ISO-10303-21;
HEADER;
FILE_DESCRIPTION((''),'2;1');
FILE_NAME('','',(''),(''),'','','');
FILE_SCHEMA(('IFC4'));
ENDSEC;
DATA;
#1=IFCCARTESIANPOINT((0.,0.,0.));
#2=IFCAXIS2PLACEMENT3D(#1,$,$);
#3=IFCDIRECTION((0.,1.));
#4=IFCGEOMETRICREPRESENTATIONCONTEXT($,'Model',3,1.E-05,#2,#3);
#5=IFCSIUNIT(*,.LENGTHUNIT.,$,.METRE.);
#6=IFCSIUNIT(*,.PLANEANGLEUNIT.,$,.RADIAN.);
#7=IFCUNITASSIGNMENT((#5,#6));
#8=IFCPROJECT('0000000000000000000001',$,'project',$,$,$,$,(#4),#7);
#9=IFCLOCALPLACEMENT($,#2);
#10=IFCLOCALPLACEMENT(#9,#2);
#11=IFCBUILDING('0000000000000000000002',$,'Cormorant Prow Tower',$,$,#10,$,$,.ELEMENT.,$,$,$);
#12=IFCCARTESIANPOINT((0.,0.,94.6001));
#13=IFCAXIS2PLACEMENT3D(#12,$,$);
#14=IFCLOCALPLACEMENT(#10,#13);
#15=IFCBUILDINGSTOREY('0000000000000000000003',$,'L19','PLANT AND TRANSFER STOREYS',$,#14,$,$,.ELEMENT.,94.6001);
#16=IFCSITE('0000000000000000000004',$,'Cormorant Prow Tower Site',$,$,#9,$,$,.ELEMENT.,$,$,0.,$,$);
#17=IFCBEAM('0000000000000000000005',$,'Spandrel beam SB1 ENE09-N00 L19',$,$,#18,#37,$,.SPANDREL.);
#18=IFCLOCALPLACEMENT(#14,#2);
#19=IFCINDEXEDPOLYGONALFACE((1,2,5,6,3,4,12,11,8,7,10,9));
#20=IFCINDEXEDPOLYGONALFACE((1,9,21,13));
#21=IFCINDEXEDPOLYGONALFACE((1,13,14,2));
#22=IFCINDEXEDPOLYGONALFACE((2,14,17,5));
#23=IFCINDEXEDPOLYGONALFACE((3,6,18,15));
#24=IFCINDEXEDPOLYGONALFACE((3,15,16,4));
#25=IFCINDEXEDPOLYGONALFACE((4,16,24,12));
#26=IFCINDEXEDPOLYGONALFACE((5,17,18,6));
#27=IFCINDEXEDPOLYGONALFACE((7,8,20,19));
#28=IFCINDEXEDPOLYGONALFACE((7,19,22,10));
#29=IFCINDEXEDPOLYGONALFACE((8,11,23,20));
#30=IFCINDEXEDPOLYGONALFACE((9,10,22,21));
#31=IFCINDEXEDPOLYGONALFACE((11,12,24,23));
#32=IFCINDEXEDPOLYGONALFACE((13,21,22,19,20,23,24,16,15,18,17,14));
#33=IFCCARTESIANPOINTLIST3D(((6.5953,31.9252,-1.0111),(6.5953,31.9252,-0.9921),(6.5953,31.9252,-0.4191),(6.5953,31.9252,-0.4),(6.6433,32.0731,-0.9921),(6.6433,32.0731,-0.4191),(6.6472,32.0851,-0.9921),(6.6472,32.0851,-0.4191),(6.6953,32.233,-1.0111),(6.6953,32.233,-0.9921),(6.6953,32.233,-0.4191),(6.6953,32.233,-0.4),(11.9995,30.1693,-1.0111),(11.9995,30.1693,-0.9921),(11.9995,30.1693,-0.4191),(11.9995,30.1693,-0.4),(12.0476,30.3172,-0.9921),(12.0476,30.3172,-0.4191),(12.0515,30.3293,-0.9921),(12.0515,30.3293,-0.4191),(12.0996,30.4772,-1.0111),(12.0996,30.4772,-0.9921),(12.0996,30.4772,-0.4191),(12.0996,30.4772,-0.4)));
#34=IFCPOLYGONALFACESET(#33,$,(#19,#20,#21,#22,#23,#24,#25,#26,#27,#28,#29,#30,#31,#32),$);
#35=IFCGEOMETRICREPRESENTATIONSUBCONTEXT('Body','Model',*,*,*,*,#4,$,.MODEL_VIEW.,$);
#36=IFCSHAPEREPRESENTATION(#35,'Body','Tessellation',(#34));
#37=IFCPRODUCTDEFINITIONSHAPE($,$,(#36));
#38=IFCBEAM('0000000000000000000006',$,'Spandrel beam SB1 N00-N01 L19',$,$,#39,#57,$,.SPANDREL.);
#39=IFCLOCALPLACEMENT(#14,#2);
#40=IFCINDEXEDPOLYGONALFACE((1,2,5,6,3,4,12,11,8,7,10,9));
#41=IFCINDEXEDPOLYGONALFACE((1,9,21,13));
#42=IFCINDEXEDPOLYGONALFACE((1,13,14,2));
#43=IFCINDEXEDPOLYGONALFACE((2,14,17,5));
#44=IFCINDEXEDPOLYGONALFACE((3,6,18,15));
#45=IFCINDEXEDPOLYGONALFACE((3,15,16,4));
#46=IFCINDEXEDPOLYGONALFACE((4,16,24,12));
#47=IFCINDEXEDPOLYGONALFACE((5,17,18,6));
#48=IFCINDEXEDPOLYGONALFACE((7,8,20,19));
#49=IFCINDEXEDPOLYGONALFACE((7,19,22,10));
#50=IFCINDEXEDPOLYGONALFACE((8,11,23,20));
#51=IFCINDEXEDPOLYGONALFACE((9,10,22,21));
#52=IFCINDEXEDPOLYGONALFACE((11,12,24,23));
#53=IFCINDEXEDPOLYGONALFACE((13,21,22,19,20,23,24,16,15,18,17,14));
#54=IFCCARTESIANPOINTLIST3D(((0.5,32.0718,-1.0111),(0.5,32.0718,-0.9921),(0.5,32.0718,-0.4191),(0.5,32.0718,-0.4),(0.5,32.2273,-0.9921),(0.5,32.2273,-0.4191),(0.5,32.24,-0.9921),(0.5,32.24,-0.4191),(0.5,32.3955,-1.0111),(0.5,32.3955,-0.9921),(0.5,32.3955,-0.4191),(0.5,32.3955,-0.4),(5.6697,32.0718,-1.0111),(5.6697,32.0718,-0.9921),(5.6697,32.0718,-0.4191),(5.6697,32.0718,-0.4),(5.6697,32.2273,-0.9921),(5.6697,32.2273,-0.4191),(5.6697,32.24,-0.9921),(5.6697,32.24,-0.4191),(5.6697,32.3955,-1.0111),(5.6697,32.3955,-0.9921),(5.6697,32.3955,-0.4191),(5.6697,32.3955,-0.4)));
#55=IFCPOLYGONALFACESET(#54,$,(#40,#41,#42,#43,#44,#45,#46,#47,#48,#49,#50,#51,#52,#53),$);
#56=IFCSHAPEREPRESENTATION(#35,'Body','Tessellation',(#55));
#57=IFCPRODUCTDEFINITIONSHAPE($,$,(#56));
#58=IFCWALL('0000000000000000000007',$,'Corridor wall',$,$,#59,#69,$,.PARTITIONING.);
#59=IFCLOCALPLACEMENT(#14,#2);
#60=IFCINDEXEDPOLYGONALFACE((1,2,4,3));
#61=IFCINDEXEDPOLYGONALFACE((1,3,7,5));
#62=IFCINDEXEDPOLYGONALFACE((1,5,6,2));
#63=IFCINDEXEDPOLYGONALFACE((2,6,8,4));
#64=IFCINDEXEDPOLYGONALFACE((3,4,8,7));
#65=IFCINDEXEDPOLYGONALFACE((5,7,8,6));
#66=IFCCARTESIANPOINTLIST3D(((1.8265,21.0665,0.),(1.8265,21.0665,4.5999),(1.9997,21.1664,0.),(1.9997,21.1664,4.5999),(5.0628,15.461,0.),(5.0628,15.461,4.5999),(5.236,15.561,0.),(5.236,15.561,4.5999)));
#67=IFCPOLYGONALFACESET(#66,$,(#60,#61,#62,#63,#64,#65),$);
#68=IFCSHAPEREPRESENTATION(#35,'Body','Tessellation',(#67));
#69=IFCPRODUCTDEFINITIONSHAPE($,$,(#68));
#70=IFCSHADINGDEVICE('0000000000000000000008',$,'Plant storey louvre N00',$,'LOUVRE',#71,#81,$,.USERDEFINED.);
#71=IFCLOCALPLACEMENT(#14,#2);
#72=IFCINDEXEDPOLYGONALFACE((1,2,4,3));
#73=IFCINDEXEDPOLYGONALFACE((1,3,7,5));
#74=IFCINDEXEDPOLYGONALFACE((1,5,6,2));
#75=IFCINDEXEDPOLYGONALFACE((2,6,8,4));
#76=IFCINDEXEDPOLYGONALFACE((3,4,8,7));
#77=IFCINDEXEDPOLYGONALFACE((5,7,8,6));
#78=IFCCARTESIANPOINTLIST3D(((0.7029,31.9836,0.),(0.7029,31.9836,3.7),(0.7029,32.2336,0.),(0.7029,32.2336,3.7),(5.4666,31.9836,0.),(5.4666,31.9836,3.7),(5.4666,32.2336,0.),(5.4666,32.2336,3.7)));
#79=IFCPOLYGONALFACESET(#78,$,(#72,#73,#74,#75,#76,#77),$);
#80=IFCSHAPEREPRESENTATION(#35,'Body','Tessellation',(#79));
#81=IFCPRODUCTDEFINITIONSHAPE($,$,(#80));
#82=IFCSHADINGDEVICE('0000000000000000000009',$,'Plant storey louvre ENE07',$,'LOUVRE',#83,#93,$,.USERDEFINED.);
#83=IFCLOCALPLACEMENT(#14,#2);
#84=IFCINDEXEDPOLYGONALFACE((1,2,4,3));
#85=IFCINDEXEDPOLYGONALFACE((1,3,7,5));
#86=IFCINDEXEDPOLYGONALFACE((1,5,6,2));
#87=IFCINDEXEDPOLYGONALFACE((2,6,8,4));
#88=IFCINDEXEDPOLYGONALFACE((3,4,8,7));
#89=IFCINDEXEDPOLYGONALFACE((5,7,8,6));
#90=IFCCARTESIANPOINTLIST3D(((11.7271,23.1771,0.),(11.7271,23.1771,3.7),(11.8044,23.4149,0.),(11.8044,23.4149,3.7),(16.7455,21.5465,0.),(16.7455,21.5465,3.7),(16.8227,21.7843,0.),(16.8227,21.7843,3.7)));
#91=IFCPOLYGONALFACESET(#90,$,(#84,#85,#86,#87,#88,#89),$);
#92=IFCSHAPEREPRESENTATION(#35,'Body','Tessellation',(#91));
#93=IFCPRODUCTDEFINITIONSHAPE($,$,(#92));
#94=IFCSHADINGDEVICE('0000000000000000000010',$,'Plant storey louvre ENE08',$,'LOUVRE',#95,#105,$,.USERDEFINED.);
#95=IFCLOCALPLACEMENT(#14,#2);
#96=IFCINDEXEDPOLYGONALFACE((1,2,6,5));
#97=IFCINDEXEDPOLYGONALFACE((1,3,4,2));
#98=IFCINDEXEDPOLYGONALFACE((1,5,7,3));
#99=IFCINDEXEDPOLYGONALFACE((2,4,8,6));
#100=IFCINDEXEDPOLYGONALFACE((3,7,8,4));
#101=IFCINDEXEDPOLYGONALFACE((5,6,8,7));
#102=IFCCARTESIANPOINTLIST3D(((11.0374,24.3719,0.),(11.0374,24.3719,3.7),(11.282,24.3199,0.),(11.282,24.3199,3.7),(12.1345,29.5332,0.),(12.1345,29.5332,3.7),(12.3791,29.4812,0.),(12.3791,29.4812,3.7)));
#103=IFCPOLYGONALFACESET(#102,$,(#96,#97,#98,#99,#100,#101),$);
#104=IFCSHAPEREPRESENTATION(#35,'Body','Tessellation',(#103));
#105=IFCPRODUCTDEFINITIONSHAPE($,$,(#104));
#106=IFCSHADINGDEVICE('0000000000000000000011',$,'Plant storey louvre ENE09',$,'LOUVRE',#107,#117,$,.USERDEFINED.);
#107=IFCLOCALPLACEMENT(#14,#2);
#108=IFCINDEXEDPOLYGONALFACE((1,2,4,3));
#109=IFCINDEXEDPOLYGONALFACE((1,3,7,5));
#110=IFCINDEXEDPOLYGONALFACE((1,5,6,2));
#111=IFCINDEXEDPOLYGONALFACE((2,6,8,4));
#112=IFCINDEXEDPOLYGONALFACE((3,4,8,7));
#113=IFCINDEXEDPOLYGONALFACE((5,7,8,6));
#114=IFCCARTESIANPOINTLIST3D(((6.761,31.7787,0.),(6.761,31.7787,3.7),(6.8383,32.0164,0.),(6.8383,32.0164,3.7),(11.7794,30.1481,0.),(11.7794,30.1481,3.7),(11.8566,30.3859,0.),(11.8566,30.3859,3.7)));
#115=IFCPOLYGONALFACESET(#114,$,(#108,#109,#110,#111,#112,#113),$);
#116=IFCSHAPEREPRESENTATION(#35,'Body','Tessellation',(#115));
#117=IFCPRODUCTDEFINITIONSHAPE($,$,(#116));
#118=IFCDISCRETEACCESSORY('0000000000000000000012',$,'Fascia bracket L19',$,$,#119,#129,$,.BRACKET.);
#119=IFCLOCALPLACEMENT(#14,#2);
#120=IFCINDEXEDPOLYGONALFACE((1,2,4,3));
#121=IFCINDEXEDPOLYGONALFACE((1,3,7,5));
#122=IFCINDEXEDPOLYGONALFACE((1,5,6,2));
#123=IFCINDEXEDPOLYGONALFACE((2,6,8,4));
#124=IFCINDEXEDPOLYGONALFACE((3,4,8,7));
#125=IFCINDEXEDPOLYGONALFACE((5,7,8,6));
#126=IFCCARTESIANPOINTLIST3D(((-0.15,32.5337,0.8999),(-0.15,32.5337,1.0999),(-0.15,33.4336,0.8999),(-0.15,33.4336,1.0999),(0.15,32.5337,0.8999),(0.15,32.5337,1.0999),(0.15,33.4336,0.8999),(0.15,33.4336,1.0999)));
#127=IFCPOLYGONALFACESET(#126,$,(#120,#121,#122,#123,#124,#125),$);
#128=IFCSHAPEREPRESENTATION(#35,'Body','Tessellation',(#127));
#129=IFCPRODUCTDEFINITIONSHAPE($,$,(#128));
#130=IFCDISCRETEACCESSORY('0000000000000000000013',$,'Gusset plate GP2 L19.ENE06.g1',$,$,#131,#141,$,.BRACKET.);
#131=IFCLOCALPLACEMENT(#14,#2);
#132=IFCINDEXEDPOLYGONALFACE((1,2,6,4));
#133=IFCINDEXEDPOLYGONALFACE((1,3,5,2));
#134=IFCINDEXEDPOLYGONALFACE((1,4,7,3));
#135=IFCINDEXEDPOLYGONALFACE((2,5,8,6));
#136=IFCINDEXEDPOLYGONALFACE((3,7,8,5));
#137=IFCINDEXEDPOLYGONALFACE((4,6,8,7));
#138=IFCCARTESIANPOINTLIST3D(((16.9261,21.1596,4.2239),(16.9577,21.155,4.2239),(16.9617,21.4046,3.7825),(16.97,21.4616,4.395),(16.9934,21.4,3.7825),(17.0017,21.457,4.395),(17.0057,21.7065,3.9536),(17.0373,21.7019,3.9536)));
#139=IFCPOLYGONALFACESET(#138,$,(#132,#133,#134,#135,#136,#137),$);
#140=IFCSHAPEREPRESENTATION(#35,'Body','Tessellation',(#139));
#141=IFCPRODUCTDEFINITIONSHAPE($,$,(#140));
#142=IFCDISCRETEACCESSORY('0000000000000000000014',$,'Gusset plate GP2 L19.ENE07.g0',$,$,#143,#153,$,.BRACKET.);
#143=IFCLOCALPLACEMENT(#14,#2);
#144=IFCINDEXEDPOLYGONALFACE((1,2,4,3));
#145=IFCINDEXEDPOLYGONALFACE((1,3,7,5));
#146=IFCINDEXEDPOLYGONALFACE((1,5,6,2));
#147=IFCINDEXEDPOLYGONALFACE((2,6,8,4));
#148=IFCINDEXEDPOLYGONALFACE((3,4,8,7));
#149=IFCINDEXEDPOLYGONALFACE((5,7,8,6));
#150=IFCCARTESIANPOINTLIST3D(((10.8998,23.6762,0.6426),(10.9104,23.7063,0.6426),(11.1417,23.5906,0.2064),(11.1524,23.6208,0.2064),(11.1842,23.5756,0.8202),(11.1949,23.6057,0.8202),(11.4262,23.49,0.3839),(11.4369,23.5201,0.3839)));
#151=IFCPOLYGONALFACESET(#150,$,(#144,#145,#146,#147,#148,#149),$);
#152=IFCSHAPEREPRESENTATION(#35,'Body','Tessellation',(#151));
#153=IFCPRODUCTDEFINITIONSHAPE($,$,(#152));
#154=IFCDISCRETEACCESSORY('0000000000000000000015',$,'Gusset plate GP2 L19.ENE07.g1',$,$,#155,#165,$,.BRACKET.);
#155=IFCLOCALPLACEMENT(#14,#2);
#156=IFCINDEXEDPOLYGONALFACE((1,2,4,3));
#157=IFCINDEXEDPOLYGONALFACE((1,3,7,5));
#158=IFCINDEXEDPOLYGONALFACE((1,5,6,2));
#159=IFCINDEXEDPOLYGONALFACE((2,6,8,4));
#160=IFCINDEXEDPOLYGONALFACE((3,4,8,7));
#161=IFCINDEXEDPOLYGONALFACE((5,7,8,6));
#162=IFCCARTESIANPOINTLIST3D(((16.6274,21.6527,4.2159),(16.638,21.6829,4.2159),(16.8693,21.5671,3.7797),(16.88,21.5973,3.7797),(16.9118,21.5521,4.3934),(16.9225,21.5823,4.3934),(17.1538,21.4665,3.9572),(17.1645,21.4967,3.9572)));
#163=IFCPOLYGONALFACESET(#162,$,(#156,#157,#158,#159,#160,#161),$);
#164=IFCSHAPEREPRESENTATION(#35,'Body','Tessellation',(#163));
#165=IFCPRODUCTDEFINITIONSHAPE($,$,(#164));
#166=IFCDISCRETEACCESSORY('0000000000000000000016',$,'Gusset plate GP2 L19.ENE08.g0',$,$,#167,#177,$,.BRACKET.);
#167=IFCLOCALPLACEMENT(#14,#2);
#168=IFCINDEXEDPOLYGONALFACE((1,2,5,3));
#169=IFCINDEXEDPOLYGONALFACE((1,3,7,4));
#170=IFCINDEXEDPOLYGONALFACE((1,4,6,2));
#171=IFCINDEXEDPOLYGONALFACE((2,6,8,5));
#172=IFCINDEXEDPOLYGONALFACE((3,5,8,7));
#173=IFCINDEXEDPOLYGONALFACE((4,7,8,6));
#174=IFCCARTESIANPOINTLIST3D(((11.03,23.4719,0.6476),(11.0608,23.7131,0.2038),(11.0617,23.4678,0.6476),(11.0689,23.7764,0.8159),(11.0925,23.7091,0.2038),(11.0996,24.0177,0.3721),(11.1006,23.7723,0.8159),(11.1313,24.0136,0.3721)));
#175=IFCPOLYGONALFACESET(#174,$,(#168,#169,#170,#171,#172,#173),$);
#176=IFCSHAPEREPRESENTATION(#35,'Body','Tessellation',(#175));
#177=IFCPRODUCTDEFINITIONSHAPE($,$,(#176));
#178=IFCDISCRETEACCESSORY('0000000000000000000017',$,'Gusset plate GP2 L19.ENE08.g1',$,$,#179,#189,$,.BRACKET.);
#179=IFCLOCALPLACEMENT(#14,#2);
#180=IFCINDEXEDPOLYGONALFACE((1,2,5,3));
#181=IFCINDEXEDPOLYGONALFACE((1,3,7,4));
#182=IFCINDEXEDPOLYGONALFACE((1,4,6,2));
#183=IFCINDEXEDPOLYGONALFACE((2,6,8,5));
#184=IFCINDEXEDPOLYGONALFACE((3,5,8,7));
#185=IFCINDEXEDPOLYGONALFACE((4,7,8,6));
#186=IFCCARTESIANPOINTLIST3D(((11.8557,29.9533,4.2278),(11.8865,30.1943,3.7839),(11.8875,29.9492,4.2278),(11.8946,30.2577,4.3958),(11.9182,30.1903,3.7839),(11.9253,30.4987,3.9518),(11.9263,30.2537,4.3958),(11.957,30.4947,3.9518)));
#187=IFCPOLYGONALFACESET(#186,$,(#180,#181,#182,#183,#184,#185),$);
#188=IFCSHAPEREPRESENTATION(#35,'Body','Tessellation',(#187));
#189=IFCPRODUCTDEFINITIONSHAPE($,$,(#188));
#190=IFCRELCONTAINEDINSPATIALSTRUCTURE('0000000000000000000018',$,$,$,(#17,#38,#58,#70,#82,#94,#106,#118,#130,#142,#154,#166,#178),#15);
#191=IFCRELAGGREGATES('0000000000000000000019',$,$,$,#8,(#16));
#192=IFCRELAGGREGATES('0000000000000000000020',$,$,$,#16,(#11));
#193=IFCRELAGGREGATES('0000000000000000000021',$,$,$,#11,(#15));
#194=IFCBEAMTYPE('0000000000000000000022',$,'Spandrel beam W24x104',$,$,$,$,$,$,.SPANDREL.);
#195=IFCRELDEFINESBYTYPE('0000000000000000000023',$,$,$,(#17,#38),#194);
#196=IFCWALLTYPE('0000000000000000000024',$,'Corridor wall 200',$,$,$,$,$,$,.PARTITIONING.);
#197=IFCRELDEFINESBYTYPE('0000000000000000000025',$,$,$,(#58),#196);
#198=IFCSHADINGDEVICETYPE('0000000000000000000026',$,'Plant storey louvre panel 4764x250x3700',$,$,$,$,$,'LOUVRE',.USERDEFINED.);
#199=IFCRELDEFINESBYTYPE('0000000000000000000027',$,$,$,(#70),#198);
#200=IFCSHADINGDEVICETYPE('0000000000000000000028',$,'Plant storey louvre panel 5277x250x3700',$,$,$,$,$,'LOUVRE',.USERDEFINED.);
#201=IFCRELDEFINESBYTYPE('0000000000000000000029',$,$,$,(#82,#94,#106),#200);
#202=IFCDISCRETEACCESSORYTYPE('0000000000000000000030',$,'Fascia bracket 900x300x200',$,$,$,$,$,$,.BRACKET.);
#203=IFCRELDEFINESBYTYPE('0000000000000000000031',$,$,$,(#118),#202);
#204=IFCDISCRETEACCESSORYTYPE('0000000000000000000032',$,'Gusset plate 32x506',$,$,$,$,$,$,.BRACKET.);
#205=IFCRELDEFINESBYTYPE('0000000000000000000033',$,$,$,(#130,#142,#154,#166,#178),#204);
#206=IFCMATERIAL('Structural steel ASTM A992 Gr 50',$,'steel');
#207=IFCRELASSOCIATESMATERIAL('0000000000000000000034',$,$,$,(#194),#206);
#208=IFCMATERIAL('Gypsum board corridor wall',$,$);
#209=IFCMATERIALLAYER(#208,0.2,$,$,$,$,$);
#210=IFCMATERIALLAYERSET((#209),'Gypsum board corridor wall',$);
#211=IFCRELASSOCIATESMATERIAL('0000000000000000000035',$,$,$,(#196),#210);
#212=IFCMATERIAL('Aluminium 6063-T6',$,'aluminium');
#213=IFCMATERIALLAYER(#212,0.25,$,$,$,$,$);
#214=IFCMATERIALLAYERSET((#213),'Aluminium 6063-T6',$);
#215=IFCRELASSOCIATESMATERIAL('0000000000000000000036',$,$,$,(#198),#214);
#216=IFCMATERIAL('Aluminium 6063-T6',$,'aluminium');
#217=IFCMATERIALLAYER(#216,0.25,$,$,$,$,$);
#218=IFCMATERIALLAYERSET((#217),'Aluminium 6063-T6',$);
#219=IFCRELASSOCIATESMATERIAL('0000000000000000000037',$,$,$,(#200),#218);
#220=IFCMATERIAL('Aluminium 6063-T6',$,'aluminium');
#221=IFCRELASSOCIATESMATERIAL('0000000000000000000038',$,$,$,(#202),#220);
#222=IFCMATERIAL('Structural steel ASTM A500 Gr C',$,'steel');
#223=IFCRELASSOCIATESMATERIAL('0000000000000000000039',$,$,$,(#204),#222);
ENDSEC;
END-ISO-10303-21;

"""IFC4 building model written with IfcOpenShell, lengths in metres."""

from ifc_helpers import new_model, si_unit, direction, frame, frame_2d, origin, origin_2d, place, context, subcontext, project, spatial, rectangle, i_section, extrude, material, layer, layer_set, material_profile, profile_set, type_object, element, save


model = new_model("IFC4")

# Units and contexts
model_context = context("Model", 3, precision=1e-05, world=origin(), true_north=direction((0.0, 1.0)))
body_context = subcontext(model_context, "Body", "Model", "MODEL_VIEW")
ifc_project = project(units=[si_unit("LENGTHUNIT", "METRE"), si_unit("PLANEANGLEUNIT", "RADIAN")], contexts=[model_context])

# Site, building, storey
site_placement = place(None, origin())
site = spatial("IfcSite", under=ifc_project, at=site_placement, Name="Cormorant Prow Tower Site", CompositionType="ELEMENT", RefElevation=0.0)
building_placement = place(site_placement, origin())
building = spatial("IfcBuilding", under=site, at=building_placement, Name="Cormorant Prow Tower", CompositionType="ELEMENT")
storey_placement = place(building_placement, frame((0.0, 0.0, 94.6001)))
storey = spatial("IfcBuildingStorey", under=building, at=storey_placement, Name="L19", Description="PLANT AND TRANSFER STOREYS", CompositionType="ELEMENT", Elevation=94.6001)

# Beams
ifc_material_1 = material(Name="Structural steel ASTM A992 Gr 50", Category="steel")
ifc_material_profile_1 = material_profile(ifc_material_1, i_section(OverallWidth=0.3237, OverallDepth=0.6111, WebThickness=0.0127, FlangeThickness=0.019, at=origin_2d()), Name="W24x104")
ifc_profile_set_1 = profile_set([ifc_material_profile_1], Name="Structural steel ASTM A992 Gr 50")
beam_type = type_object("IfcBeamType", Name="Spandrel beam W24x104", PredefinedType="SPANDREL", material=ifc_profile_set_1)
beam_1_placement = place(storey_placement, frame((12.0496, 30.3232, -0.7056), z_axis=(-0.951062, 0.309001, 0.0), x_axis=(-0.309001, -0.951062, 0.0)))
element("IfcBeam", 1, at=beam_1_placement, inside=storey, type_object=beam_type, Name="Spandrel beam SB1 ENE09-N00 L19", PredefinedType="SPANDREL", context=body_context, shape_type="SweptSolid", body=[
    extrude(i_section(OverallWidth=0.3237, OverallDepth=0.6111, WebThickness=0.0127, FlangeThickness=0.019, at=origin_2d()), origin(), (0.0, 0.0, 1.0), 5.6824),
])
beam_2_placement = place(storey_placement, frame((5.6697, 32.2336, -0.7056), z_axis=(-1.0, 0.0, 0.0), x_axis=(0.0, -1.0, 0.0)))
element("IfcBeam", 2, at=beam_2_placement, inside=storey, type_object=beam_type, Name="Spandrel beam SB1 N00-N01 L19", PredefinedType="SPANDREL", context=body_context, shape_type="SweptSolid", body=[
    extrude(i_section(OverallWidth=0.3237, OverallDepth=0.6111, WebThickness=0.0127, FlangeThickness=0.019, at=origin_2d()), origin(), (0.0, 0.0, 1.0), 5.1697),
])

# Wall
ifc_material_2 = material(Name="Gypsum board corridor wall")
ifc_layer_1 = layer(ifc_material_2, 0.2)
ifc_layer_set_1 = layer_set([ifc_layer_1], Name="Gypsum board corridor wall")
wall_type = type_object("IfcWallType", Name="Corridor wall 200", PredefinedType="PARTITIONING", material=ifc_layer_set_1)
wall_placement = place(storey_placement, frame((1.9131, 21.1165, 0.0), z_axis=(0.0, 0.0, 1.0), x_axis=(0.500001, -0.866025, 0.0)))
element("IfcWall", 3, at=wall_placement, inside=storey, type_object=wall_type, Name="Corridor wall", PredefinedType="PARTITIONING", context=body_context, shape_type="SweptSolid", body=[
    extrude(rectangle(XDim=6.4727, YDim=0.2, at=frame_2d((3.2363, 0.0))), origin(), (0.0, 0.0, 1.0), 4.5999),
])

# Shading devices
ifc_material_3 = material(Name="Aluminium 6063-T6", Category="aluminium")
ifc_layer_2 = layer(ifc_material_3, 0.25)
ifc_layer_set_2 = layer_set([ifc_layer_2], Name="Aluminium 6063-T6")
shading_device_type_1 = type_object("IfcShadingDeviceType", Name="Plant storey louvre panel 4764x250x3700", ElementType="LOUVRE", PredefinedType="USERDEFINED", material=ifc_layer_set_2)
shading_device_placement = place(storey_placement, frame((3.0847, 32.1086, 0.0), z_axis=(0.0, 0.0, 1.0), x_axis=(-1.0, 0.0, 0.0)))
element("IfcShadingDevice", 4, at=shading_device_placement, inside=storey, type_object=shading_device_type_1, Name="Plant storey louvre N00", ObjectType="LOUVRE", PredefinedType="USERDEFINED", context=body_context, shape_type="SweptSolid", body=[
    extrude(rectangle(XDim=4.7637, YDim=0.25, at=origin_2d()), origin(), (0.0, 0.0, 1.0), 3.7),
])
ifc_material_4 = material(Name="Aluminium 6063-T6", Category="aluminium")
ifc_layer_3 = layer(ifc_material_4, 0.25)
ifc_layer_set_3 = layer_set([ifc_layer_3], Name="Aluminium 6063-T6")
shading_device_type_2 = type_object("IfcShadingDeviceType", Name="Plant storey louvre panel 5277x250x3700", ElementType="LOUVRE", PredefinedType="USERDEFINED", material=ifc_layer_set_3)
for number, where, z_axis, x_axis, name in (
    (5, (14.2749, 22.4807, 0.0), (0.0, 0.0, 1.0), (-0.951057, 0.309017, 0.0), "Plant storey louvre ENE07"),
    (6, (11.7083, 26.9265, 0.0), (0.0, 0.0, 1.0), (0.207912, 0.978148, 0.0), "Plant storey louvre ENE08"),
    (7, (9.3088, 31.0823, 0.0), (0.0, 0.0, 1.0), (-0.951057, 0.309017, 0.0), "Plant storey louvre ENE09"),
):
    element("IfcShadingDevice", number, at=place(storey_placement, frame(where, z_axis=z_axis, x_axis=x_axis)), inside=storey, type_object=shading_device_type_2, Name=name, ObjectType="LOUVRE", PredefinedType="USERDEFINED", context=body_context, shape_type="SweptSolid", body=[
        extrude(rectangle(XDim=5.2766, YDim=0.25, at=origin_2d()), origin(), (0.0, 0.0, 1.0), 3.7),
    ])

# Discrete accessories
ifc_material_5 = material(Name="Aluminium 6063-T6", Category="aluminium")
discrete_accessory_type_1 = type_object("IfcDiscreteAccessoryType", Name="Fascia bracket 900x300x200", PredefinedType="BRACKET", material=ifc_material_5)
discrete_accessory_1_placement = place(storey_placement, frame((0.0, 32.9836, 0.8999), z_axis=(0.0, 0.0, 1.0), x_axis=(0.0, 1.0, 0.0)))
element("IfcDiscreteAccessory", 8, at=discrete_accessory_1_placement, inside=storey, type_object=discrete_accessory_type_1, Name="Fascia bracket L19", PredefinedType="BRACKET", context=body_context, shape_type="SweptSolid", body=[
    extrude(rectangle(XDim=0.8999, YDim=0.3, at=origin_2d()), origin(), (0.0, 0.0, 1.0), 0.2),
])
ifc_material_6 = material(Name="Structural steel ASTM A500 Gr C", Category="steel")
ifc_material_profile_2 = material_profile(ifc_material_6, rectangle(XDim=0.032, YDim=0.5061, at=origin_2d()), Name="Gusset plate 32x506")
ifc_profile_set_2 = profile_set([ifc_material_profile_2], Name="Structural steel ASTM A500 Gr C")
discrete_accessory_type_2 = type_object("IfcDiscreteAccessoryType", Name="Gusset plate 32x506", PredefinedType="BRACKET", material=ifc_profile_set_2)
discrete_accessory_2_placement = place(storey_placement, frame((16.9597, 21.2798, 4.0032), z_axis=(0.125596, 0.863123, 0.489126), x_axis=(-0.989578, 0.143997, 0.0)))
element("IfcDiscreteAccessory", 9, at=discrete_accessory_2_placement, inside=storey, type_object=discrete_accessory_type_2, Name="Gusset plate GP2 L19.ENE06.g1", PredefinedType="BRACKET", context=body_context, shape_type="SweptSolid", body=[
    extrude(rectangle(XDim=0.032, YDim=0.5061, at=origin_2d()), origin(), (0.0, 0.0, 1.0), 0.3499),
])
for number, where, z_axis, x_axis, name in (
    (10, (11.3105, 23.5479, 0.6021), (-0.812582, 0.287368, -0.507079), (-0.333413, -0.942781, 0.0), "Gusset plate GP2 L19.ENE07.g0"),
    (11, (16.7537, 21.625, 3.9978), (0.812582, -0.287368, 0.507079), (0.333413, 0.942781, 0.0), "Gusset plate GP2 L19.ENE07.g1"),
    (12, (11.1001, 23.895, 0.594), (-0.110915, -0.86988, -0.480631), (0.991969, -0.126482, 0.0), "Gusset plate GP2 L19.ENE08.g0"),
):
    element("IfcDiscreteAccessory", number, at=place(storey_placement, frame(where, z_axis=z_axis, x_axis=x_axis)), inside=storey, type_object=discrete_accessory_type_2, Name=name, PredefinedType="BRACKET", context=body_context, shape_type="SweptSolid", body=[
        extrude(rectangle(XDim=0.032, YDim=0.5061, at=origin_2d()), origin(), (0.0, 0.0, 1.0), 0.3501),
    ])
for number, where, z_axis, x_axis, name in (
    (13, (11.887, 30.0718, 4.0059), (0.110952, 0.870172, 0.480095), (-0.991969, 0.126482, 0.0), "Gusset plate GP2 L19.ENE08.g1"),
):
    element("IfcDiscreteAccessory", number, at=place(storey_placement, frame(where, z_axis=z_axis, x_axis=x_axis)), inside=storey, type_object=discrete_accessory_type_2, Name=name, PredefinedType="BRACKET", context=body_context, shape_type="SweptSolid", body=[
        extrude(rectangle(XDim=0.032, YDim=0.5061, at=origin_2d()), origin(), (0.0, 0.0, 1.0), 0.3499),
    ])

save(model, "model.ifc")
